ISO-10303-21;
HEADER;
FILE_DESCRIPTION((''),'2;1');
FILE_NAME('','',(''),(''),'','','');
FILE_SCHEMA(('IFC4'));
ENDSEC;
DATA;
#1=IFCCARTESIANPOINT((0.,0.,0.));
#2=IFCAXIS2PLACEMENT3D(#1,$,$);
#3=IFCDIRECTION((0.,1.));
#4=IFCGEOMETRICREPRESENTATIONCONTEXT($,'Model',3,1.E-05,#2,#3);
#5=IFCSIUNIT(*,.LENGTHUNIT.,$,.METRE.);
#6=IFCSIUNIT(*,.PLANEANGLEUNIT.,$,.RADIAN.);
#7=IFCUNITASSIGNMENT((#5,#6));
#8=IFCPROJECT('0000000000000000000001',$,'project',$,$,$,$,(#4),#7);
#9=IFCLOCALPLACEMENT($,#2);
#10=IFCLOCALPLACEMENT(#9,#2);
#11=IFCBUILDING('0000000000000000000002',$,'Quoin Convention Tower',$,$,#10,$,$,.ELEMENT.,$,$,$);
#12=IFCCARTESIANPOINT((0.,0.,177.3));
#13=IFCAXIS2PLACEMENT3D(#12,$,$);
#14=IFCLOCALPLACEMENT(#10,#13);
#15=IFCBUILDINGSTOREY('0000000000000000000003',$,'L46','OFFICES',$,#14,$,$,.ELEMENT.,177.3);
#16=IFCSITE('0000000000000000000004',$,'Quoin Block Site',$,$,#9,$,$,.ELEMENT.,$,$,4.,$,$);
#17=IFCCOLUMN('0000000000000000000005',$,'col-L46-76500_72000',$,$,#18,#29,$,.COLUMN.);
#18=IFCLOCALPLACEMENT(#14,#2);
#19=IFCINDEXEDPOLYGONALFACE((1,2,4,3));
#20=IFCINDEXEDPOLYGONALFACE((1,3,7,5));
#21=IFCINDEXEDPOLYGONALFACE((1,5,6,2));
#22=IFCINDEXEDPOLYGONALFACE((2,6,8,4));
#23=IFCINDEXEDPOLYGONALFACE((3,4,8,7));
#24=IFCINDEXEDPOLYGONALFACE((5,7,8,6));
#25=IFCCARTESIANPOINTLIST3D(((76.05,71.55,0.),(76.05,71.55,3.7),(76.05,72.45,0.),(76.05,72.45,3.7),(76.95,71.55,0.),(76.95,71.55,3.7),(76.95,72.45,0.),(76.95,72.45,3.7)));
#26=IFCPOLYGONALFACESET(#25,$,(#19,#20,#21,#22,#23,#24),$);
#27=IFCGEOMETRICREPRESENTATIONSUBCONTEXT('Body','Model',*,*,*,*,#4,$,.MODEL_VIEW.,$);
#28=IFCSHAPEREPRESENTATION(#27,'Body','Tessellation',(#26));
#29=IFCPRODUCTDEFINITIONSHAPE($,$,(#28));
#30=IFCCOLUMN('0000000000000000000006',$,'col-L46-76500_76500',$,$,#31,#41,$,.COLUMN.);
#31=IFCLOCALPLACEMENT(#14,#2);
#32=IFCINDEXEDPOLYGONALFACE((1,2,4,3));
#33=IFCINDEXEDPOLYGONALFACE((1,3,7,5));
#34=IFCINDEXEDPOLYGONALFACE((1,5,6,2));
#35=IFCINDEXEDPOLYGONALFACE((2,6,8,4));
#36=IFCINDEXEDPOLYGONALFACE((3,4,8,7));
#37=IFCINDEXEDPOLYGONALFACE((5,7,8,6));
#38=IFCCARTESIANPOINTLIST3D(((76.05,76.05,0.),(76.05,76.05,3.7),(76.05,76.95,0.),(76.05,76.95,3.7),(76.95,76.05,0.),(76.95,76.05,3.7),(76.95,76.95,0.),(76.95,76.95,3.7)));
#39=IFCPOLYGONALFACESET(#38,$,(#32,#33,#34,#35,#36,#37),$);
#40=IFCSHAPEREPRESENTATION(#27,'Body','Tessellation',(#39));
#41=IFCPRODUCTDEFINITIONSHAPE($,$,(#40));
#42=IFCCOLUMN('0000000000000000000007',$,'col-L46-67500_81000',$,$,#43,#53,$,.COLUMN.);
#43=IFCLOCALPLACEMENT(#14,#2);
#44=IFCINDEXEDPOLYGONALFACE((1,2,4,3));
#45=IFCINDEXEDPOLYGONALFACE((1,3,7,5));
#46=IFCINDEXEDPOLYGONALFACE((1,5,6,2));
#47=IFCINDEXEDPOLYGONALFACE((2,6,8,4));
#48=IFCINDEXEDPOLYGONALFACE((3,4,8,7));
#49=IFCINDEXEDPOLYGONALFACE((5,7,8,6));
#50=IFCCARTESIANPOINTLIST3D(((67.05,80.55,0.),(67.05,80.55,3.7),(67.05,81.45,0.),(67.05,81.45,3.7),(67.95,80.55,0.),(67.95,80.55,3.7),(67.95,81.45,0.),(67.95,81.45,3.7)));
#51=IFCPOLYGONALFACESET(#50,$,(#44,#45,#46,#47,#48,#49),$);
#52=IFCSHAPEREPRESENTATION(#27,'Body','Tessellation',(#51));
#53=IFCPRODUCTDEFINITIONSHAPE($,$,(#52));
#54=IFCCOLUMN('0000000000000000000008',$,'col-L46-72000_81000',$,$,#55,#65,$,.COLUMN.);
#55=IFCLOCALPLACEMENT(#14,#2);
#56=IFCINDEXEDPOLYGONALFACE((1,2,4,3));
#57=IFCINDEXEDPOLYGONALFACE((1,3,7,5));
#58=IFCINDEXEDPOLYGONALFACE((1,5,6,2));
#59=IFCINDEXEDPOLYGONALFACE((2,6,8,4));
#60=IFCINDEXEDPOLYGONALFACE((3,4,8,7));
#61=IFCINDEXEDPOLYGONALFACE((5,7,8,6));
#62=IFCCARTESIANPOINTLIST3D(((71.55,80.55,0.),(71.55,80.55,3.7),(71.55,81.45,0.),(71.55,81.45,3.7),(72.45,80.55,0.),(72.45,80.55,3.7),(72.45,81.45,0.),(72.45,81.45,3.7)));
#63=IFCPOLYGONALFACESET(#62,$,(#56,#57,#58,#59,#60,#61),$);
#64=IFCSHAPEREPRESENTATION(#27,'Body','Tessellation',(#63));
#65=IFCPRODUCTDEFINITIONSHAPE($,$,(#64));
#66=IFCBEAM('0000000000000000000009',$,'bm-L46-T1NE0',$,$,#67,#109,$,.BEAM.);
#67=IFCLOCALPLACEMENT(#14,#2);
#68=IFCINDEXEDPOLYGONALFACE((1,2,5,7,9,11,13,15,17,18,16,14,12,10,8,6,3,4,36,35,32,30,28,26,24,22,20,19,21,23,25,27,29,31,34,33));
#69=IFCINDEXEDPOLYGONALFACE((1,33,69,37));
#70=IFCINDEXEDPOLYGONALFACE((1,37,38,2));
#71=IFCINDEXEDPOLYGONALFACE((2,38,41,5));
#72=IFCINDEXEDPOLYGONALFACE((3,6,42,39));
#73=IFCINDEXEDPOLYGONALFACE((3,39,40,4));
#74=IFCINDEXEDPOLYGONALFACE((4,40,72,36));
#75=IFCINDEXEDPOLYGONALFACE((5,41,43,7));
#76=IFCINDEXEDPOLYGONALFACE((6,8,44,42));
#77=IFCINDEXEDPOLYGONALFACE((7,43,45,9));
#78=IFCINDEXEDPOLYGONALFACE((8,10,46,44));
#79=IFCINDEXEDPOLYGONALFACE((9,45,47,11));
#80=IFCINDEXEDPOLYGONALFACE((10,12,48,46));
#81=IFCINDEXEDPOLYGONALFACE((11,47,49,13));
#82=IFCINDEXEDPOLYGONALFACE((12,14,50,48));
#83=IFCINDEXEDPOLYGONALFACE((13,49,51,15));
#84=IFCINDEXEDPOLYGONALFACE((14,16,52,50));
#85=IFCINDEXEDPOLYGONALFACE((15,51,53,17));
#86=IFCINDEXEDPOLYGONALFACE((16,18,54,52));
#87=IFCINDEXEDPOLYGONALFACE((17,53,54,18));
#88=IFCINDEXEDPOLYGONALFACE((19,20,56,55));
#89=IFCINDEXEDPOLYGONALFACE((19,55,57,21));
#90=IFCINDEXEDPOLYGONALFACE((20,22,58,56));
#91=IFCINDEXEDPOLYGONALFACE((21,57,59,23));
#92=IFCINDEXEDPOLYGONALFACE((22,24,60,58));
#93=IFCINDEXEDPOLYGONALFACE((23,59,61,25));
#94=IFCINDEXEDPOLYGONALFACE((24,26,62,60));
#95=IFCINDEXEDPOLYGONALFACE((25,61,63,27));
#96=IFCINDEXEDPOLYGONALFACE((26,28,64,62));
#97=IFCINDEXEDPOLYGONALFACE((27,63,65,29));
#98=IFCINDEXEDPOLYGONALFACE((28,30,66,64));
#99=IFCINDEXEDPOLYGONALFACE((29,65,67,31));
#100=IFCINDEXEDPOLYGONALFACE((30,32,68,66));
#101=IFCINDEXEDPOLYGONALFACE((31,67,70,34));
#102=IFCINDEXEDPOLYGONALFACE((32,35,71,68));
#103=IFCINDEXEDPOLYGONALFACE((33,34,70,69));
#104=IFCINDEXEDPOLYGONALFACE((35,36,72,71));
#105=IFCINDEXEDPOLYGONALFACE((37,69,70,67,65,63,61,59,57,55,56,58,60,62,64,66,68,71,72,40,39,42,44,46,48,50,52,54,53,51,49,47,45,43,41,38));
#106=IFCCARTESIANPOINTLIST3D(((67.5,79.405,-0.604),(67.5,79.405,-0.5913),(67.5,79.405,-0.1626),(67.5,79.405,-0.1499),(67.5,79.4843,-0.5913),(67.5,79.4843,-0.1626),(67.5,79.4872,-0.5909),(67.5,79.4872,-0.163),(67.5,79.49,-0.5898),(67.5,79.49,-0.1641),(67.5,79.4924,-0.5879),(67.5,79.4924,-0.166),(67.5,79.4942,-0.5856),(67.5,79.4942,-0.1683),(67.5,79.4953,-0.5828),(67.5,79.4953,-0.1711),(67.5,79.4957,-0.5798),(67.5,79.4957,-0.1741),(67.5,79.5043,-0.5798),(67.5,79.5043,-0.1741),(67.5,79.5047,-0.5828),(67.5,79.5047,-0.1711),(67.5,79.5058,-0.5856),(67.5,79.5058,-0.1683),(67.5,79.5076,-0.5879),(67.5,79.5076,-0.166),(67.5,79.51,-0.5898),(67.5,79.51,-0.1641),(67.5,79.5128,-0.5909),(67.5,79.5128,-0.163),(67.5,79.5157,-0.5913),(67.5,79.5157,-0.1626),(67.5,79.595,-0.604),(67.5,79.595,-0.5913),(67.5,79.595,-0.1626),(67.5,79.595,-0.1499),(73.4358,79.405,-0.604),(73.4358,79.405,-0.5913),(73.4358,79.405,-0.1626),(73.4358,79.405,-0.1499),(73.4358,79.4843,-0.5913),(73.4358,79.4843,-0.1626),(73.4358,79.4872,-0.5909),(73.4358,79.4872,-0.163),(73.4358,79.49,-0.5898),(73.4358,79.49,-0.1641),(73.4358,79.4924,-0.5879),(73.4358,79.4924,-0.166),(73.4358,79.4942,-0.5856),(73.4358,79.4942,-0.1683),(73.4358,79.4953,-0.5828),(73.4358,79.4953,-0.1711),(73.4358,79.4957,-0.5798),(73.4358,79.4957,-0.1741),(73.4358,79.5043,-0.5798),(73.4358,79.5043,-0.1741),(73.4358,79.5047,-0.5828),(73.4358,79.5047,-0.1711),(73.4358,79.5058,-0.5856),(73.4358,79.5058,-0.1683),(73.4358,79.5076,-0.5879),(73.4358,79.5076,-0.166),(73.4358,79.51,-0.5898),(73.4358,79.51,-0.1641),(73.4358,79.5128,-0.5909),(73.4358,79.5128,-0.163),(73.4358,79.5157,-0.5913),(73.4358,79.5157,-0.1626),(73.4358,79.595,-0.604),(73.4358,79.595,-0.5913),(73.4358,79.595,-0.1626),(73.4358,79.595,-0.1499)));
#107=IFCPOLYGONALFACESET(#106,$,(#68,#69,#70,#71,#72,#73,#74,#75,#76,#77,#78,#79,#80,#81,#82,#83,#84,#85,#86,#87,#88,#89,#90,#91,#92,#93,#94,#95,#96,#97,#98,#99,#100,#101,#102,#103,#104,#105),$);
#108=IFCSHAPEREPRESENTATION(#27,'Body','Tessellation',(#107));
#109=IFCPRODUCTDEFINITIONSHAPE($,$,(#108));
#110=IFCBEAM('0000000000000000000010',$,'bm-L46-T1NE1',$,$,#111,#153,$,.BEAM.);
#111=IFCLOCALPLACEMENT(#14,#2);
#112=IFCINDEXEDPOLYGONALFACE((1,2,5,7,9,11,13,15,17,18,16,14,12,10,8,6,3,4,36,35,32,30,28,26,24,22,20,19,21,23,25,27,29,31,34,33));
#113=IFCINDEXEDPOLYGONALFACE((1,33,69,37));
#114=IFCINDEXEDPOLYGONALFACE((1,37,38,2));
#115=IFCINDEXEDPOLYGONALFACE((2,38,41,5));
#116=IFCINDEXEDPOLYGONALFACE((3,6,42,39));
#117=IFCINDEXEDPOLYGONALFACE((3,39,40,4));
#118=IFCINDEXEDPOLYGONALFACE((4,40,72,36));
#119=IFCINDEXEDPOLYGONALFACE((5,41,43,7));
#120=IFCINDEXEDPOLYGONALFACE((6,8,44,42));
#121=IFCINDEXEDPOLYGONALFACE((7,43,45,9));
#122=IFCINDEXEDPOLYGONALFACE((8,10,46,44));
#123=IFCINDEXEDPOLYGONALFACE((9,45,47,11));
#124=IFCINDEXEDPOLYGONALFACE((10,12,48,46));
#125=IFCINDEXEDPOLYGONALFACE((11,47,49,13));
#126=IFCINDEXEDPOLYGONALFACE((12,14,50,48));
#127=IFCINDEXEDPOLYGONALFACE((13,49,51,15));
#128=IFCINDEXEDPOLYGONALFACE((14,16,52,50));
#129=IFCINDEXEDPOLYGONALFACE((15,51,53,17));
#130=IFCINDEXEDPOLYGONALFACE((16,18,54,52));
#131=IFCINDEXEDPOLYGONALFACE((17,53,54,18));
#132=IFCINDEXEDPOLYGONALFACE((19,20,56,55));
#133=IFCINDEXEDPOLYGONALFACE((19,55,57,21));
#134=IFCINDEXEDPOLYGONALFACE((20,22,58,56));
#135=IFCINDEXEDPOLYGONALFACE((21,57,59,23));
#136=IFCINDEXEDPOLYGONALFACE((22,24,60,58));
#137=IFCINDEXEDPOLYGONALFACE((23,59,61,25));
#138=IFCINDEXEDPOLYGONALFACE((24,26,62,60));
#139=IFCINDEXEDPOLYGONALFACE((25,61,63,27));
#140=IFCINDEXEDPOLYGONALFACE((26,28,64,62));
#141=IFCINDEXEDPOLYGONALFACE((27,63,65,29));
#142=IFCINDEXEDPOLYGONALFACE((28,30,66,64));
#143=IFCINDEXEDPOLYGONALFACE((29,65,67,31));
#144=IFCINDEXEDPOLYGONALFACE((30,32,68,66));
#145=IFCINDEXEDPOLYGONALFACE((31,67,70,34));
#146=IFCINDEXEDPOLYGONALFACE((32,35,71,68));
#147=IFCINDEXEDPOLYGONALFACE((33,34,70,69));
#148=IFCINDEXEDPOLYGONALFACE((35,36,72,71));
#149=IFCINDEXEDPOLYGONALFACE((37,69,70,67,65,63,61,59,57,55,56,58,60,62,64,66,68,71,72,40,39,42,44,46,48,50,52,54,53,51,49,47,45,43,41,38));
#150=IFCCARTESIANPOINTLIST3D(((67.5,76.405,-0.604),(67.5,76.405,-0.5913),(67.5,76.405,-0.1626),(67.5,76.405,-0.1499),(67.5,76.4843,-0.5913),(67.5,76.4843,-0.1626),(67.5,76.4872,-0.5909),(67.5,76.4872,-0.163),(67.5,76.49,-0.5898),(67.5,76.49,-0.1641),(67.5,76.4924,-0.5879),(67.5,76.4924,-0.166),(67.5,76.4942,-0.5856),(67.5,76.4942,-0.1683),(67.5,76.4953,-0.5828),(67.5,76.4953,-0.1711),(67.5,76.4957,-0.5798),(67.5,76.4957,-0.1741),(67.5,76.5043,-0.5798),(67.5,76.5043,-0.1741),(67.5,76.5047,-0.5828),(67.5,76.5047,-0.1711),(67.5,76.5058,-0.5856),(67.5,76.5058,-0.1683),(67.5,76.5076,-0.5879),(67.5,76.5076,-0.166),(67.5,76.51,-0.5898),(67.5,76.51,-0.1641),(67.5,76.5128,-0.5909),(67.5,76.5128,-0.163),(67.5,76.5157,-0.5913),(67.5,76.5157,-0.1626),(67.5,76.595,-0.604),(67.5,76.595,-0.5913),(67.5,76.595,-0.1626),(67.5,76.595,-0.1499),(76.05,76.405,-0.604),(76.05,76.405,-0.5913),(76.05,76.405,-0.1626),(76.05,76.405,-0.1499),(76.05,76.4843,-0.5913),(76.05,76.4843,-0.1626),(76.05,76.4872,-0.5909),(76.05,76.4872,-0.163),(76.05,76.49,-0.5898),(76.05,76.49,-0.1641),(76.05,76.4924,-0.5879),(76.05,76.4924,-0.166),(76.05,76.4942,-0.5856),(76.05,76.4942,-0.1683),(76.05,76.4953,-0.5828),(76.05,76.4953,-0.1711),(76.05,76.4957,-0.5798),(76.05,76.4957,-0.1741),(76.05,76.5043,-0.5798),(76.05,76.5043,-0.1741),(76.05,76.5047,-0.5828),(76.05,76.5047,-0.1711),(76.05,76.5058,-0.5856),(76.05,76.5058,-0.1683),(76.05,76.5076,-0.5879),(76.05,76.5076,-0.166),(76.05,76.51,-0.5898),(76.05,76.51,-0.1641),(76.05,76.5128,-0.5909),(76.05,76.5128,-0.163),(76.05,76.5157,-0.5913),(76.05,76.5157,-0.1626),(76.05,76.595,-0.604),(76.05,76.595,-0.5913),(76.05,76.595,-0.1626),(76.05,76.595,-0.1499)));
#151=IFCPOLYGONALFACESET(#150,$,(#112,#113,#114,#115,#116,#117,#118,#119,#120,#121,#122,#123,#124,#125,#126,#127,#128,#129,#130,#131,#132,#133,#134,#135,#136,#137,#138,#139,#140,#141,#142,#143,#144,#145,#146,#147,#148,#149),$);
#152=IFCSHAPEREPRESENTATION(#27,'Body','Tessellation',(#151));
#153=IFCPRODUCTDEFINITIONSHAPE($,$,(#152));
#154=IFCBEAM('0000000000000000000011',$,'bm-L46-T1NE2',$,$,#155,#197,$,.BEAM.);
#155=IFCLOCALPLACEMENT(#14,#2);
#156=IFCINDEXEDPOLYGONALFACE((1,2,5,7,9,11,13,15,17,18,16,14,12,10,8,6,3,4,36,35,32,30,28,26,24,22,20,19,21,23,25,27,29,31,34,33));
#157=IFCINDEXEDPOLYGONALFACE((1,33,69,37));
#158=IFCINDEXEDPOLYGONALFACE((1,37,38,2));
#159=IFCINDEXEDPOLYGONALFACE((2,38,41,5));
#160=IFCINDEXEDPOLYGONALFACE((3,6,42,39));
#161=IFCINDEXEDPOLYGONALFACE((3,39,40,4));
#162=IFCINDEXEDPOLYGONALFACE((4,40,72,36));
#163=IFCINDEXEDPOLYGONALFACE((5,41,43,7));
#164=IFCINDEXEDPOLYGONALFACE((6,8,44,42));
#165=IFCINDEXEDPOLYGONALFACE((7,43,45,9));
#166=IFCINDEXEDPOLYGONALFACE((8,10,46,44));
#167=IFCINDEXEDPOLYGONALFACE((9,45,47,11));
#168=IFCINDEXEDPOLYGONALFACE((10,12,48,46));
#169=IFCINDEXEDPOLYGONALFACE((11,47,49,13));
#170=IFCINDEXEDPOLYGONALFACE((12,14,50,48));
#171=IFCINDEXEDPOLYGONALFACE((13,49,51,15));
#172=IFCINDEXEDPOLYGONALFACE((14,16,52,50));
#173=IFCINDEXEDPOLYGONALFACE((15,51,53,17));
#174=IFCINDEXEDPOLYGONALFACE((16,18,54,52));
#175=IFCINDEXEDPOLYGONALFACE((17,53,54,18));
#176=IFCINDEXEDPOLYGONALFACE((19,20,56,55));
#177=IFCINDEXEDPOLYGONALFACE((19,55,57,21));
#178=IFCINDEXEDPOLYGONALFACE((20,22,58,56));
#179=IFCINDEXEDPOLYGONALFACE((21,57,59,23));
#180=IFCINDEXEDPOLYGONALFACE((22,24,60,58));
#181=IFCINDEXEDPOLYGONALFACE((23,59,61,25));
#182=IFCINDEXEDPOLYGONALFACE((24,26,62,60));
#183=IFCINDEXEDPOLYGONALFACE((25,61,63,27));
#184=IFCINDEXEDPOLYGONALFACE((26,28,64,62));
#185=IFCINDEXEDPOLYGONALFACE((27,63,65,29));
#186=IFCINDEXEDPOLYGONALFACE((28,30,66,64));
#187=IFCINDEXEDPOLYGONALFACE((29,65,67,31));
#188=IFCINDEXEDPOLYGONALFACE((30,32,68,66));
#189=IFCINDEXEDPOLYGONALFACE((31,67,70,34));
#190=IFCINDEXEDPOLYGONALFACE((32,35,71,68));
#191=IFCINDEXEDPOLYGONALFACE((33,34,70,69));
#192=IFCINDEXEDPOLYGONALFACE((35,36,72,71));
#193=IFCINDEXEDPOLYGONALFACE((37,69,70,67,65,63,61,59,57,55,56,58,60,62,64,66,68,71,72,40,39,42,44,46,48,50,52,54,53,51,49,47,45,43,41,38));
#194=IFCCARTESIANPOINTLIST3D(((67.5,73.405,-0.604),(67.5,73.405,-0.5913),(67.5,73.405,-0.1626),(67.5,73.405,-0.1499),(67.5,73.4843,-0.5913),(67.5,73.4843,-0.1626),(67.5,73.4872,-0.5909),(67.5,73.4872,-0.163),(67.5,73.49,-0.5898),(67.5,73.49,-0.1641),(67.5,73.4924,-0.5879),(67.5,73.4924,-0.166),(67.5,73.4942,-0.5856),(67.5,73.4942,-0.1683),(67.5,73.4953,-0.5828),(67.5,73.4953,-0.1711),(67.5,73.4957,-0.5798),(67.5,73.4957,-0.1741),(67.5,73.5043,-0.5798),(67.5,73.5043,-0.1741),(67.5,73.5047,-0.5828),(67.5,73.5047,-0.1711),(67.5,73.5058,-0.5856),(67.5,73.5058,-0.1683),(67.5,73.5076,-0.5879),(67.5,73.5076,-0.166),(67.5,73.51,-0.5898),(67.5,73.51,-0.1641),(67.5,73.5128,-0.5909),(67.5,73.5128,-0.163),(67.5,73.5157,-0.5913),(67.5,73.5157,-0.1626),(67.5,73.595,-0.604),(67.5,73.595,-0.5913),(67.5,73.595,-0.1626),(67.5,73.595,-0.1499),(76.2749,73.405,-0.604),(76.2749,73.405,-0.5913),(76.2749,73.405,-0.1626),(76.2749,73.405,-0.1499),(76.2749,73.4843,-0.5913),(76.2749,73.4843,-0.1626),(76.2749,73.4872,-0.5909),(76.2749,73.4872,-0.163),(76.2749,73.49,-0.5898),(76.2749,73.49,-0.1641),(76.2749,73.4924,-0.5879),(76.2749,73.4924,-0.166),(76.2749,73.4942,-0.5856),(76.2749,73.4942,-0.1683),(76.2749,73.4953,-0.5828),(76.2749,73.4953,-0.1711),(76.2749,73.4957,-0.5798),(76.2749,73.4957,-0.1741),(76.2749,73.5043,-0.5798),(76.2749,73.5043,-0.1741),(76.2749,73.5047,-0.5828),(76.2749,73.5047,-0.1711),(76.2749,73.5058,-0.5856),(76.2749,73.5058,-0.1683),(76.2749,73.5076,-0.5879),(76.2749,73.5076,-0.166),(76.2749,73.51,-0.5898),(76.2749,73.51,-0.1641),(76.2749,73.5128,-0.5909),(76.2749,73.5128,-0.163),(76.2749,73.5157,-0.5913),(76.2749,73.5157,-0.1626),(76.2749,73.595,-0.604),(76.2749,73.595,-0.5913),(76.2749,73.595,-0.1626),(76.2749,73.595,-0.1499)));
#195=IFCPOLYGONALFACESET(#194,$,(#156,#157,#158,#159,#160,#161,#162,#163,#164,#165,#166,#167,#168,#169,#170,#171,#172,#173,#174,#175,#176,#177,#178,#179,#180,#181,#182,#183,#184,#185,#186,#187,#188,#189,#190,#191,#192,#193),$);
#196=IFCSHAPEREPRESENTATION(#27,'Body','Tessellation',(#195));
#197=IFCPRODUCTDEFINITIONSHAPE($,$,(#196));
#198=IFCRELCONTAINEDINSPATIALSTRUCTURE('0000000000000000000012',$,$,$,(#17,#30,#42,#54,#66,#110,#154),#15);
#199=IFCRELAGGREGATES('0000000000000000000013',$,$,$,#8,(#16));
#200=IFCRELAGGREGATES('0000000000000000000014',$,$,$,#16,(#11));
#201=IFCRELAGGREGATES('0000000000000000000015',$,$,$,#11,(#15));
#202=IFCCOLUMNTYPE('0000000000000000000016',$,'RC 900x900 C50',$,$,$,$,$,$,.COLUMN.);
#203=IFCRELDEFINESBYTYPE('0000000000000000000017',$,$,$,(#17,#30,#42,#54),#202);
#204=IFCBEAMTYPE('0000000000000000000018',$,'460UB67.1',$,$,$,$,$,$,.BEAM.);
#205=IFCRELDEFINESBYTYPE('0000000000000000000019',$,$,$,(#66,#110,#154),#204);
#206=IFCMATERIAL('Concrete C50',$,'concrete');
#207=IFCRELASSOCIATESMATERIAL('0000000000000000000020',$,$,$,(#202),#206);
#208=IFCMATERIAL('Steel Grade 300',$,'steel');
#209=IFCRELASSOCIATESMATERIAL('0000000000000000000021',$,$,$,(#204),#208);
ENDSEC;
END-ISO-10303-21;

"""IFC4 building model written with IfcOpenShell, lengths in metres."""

from ifc_helpers import new_model, si_unit, direction, frame, origin, origin_2d, place, context, subcontext, project, spatial, rectangle, i_section, extrude, material, material_profile, profile_set, type_object, element, save


model = new_model("IFC4")

# Units and contexts
model_context = context("Model", 3, precision=1e-05, world=origin(), true_north=direction((0.0, 1.0)))
body_context = subcontext(model_context, "Body", "Model", "MODEL_VIEW")
ifc_project = project(units=[si_unit("LENGTHUNIT", "METRE"), si_unit("PLANEANGLEUNIT", "RADIAN")], contexts=[model_context])

# Site, building, storey
site_placement = place(None, origin())
site = spatial("IfcSite", under=ifc_project, at=site_placement, Name="Quoin Block Site", CompositionType="ELEMENT", RefElevation=4.0)
building_placement = place(site_placement, origin())
building = spatial("IfcBuilding", under=site, at=building_placement, Name="Quoin Convention Tower", CompositionType="ELEMENT")
storey_placement = place(building_placement, frame((0.0, 0.0, 177.3)))
storey = spatial("IfcBuildingStorey", under=building, at=storey_placement, Name="L46", Description="OFFICES", CompositionType="ELEMENT", Elevation=177.3)

# Columns
ifc_material_1 = material(Name="Concrete C50", Category="concrete")
ifc_material_profile_1 = material_profile(ifc_material_1, rectangle(XDim=0.8999, YDim=0.8999, at=origin_2d()), Name="RC 900x900")
ifc_profile_set_1 = profile_set([ifc_material_profile_1], Name="Concrete C50")
column_type = type_object("IfcColumnType", Name="RC 900x900 C50", PredefinedType="COLUMN", material=ifc_profile_set_1)
for number, where, z_axis, x_axis, name in (
    (1, (76.5, 72.0, 0.0), (0.0, 0.0, 1.0), (1.0, 0.0, 0.0), "col-L46-76500_72000"),
    (2, (76.5, 76.5, 0.0), (0.0, 0.0, 1.0), (1.0, 0.0, 0.0), "col-L46-76500_76500"),
    (3, (67.5, 81.0, 0.0), (0.0, 0.0, 1.0), (1.0, 0.0, 0.0), "col-L46-67500_81000"),
    (4, (72.0, 81.0, 0.0), (0.0, 0.0, 1.0), (1.0, 0.0, 0.0), "col-L46-72000_81000"),
):
    element("IfcColumn", number, at=place(storey_placement, frame(where, z_axis=z_axis, x_axis=x_axis)), inside=storey, type_object=column_type, Name=name, PredefinedType="COLUMN", context=body_context, shape_type="SweptSolid", body=[
        extrude(rectangle(XDim=0.8999, YDim=0.8999, at=origin_2d()), origin(), (0.0, 0.0, 1.0), 3.7),
    ])

# Beams
ifc_material_2 = material(Name="Steel Grade 300", Category="steel")
ifc_material_profile_2 = material_profile(ifc_material_2, i_section(OverallWidth=0.1899, OverallDepth=0.4541, WebThickness=0.0085, FlangeThickness=0.0127, FilletRadius=0.0115, at=origin_2d()), Name="460UB67.1")
ifc_profile_set_2 = profile_set([ifc_material_profile_2], Name="Steel Grade 300")
beam_type_1 = type_object("IfcBeamType", Name="460UB67.1", PredefinedType="BEAM", material=ifc_profile_set_2)
beam_1_placement = place(storey_placement, frame((67.5, 79.5, -0.377), z_axis=(1.0, 0.0, 0.0), x_axis=(0.0, 1.0, 0.0)))
element("IfcBeam", 5, at=beam_1_placement, inside=storey, type_object=beam_type_1, Name="bm-L46-T1NE0", PredefinedType="BEAM", context=body_context, shape_type="SweptSolid", body=[
    extrude(i_section(OverallWidth=0.1899, OverallDepth=0.4541, WebThickness=0.0085, FlangeThickness=0.0127, FilletRadius=0.0115, at=origin_2d()), origin(), (0.0, 0.0, 1.0), 5.9358),
])
beam_2_placement = place(storey_placement, frame((67.5, 76.5, -0.377), z_axis=(1.0, 0.0, 0.0), x_axis=(0.0, 1.0, 0.0)))
element("IfcBeam", 6, at=beam_2_placement, inside=storey, type_object=beam_type_1, Name="bm-L46-T1NE1", PredefinedType="BEAM", context=body_context, shape_type="SweptSolid", body=[
    extrude(i_section(OverallWidth=0.1899, OverallDepth=0.4541, WebThickness=0.0085, FlangeThickness=0.0127, FilletRadius=0.0115, at=origin_2d()), origin(), (0.0, 0.0, 1.0), 8.55),
])
beam_3_placement = place(storey_placement, frame((67.5, 73.5, -0.377), z_axis=(1.0, 0.0, 0.0), x_axis=(0.0, 1.0, 0.0)))
element("IfcBeam", 7, at=beam_3_placement, inside=storey, type_object=beam_type_1, Name="bm-L46-T1NE2", PredefinedType="BEAM", context=body_context, shape_type="SweptSolid", body=[
    extrude(i_section(OverallWidth=0.1899, OverallDepth=0.4541, WebThickness=0.0085, FlangeThickness=0.0127, FilletRadius=0.0115, at=origin_2d()), origin(), (0.0, 0.0, 1.0), 8.7749),
])

save(model, "model.ifc")
